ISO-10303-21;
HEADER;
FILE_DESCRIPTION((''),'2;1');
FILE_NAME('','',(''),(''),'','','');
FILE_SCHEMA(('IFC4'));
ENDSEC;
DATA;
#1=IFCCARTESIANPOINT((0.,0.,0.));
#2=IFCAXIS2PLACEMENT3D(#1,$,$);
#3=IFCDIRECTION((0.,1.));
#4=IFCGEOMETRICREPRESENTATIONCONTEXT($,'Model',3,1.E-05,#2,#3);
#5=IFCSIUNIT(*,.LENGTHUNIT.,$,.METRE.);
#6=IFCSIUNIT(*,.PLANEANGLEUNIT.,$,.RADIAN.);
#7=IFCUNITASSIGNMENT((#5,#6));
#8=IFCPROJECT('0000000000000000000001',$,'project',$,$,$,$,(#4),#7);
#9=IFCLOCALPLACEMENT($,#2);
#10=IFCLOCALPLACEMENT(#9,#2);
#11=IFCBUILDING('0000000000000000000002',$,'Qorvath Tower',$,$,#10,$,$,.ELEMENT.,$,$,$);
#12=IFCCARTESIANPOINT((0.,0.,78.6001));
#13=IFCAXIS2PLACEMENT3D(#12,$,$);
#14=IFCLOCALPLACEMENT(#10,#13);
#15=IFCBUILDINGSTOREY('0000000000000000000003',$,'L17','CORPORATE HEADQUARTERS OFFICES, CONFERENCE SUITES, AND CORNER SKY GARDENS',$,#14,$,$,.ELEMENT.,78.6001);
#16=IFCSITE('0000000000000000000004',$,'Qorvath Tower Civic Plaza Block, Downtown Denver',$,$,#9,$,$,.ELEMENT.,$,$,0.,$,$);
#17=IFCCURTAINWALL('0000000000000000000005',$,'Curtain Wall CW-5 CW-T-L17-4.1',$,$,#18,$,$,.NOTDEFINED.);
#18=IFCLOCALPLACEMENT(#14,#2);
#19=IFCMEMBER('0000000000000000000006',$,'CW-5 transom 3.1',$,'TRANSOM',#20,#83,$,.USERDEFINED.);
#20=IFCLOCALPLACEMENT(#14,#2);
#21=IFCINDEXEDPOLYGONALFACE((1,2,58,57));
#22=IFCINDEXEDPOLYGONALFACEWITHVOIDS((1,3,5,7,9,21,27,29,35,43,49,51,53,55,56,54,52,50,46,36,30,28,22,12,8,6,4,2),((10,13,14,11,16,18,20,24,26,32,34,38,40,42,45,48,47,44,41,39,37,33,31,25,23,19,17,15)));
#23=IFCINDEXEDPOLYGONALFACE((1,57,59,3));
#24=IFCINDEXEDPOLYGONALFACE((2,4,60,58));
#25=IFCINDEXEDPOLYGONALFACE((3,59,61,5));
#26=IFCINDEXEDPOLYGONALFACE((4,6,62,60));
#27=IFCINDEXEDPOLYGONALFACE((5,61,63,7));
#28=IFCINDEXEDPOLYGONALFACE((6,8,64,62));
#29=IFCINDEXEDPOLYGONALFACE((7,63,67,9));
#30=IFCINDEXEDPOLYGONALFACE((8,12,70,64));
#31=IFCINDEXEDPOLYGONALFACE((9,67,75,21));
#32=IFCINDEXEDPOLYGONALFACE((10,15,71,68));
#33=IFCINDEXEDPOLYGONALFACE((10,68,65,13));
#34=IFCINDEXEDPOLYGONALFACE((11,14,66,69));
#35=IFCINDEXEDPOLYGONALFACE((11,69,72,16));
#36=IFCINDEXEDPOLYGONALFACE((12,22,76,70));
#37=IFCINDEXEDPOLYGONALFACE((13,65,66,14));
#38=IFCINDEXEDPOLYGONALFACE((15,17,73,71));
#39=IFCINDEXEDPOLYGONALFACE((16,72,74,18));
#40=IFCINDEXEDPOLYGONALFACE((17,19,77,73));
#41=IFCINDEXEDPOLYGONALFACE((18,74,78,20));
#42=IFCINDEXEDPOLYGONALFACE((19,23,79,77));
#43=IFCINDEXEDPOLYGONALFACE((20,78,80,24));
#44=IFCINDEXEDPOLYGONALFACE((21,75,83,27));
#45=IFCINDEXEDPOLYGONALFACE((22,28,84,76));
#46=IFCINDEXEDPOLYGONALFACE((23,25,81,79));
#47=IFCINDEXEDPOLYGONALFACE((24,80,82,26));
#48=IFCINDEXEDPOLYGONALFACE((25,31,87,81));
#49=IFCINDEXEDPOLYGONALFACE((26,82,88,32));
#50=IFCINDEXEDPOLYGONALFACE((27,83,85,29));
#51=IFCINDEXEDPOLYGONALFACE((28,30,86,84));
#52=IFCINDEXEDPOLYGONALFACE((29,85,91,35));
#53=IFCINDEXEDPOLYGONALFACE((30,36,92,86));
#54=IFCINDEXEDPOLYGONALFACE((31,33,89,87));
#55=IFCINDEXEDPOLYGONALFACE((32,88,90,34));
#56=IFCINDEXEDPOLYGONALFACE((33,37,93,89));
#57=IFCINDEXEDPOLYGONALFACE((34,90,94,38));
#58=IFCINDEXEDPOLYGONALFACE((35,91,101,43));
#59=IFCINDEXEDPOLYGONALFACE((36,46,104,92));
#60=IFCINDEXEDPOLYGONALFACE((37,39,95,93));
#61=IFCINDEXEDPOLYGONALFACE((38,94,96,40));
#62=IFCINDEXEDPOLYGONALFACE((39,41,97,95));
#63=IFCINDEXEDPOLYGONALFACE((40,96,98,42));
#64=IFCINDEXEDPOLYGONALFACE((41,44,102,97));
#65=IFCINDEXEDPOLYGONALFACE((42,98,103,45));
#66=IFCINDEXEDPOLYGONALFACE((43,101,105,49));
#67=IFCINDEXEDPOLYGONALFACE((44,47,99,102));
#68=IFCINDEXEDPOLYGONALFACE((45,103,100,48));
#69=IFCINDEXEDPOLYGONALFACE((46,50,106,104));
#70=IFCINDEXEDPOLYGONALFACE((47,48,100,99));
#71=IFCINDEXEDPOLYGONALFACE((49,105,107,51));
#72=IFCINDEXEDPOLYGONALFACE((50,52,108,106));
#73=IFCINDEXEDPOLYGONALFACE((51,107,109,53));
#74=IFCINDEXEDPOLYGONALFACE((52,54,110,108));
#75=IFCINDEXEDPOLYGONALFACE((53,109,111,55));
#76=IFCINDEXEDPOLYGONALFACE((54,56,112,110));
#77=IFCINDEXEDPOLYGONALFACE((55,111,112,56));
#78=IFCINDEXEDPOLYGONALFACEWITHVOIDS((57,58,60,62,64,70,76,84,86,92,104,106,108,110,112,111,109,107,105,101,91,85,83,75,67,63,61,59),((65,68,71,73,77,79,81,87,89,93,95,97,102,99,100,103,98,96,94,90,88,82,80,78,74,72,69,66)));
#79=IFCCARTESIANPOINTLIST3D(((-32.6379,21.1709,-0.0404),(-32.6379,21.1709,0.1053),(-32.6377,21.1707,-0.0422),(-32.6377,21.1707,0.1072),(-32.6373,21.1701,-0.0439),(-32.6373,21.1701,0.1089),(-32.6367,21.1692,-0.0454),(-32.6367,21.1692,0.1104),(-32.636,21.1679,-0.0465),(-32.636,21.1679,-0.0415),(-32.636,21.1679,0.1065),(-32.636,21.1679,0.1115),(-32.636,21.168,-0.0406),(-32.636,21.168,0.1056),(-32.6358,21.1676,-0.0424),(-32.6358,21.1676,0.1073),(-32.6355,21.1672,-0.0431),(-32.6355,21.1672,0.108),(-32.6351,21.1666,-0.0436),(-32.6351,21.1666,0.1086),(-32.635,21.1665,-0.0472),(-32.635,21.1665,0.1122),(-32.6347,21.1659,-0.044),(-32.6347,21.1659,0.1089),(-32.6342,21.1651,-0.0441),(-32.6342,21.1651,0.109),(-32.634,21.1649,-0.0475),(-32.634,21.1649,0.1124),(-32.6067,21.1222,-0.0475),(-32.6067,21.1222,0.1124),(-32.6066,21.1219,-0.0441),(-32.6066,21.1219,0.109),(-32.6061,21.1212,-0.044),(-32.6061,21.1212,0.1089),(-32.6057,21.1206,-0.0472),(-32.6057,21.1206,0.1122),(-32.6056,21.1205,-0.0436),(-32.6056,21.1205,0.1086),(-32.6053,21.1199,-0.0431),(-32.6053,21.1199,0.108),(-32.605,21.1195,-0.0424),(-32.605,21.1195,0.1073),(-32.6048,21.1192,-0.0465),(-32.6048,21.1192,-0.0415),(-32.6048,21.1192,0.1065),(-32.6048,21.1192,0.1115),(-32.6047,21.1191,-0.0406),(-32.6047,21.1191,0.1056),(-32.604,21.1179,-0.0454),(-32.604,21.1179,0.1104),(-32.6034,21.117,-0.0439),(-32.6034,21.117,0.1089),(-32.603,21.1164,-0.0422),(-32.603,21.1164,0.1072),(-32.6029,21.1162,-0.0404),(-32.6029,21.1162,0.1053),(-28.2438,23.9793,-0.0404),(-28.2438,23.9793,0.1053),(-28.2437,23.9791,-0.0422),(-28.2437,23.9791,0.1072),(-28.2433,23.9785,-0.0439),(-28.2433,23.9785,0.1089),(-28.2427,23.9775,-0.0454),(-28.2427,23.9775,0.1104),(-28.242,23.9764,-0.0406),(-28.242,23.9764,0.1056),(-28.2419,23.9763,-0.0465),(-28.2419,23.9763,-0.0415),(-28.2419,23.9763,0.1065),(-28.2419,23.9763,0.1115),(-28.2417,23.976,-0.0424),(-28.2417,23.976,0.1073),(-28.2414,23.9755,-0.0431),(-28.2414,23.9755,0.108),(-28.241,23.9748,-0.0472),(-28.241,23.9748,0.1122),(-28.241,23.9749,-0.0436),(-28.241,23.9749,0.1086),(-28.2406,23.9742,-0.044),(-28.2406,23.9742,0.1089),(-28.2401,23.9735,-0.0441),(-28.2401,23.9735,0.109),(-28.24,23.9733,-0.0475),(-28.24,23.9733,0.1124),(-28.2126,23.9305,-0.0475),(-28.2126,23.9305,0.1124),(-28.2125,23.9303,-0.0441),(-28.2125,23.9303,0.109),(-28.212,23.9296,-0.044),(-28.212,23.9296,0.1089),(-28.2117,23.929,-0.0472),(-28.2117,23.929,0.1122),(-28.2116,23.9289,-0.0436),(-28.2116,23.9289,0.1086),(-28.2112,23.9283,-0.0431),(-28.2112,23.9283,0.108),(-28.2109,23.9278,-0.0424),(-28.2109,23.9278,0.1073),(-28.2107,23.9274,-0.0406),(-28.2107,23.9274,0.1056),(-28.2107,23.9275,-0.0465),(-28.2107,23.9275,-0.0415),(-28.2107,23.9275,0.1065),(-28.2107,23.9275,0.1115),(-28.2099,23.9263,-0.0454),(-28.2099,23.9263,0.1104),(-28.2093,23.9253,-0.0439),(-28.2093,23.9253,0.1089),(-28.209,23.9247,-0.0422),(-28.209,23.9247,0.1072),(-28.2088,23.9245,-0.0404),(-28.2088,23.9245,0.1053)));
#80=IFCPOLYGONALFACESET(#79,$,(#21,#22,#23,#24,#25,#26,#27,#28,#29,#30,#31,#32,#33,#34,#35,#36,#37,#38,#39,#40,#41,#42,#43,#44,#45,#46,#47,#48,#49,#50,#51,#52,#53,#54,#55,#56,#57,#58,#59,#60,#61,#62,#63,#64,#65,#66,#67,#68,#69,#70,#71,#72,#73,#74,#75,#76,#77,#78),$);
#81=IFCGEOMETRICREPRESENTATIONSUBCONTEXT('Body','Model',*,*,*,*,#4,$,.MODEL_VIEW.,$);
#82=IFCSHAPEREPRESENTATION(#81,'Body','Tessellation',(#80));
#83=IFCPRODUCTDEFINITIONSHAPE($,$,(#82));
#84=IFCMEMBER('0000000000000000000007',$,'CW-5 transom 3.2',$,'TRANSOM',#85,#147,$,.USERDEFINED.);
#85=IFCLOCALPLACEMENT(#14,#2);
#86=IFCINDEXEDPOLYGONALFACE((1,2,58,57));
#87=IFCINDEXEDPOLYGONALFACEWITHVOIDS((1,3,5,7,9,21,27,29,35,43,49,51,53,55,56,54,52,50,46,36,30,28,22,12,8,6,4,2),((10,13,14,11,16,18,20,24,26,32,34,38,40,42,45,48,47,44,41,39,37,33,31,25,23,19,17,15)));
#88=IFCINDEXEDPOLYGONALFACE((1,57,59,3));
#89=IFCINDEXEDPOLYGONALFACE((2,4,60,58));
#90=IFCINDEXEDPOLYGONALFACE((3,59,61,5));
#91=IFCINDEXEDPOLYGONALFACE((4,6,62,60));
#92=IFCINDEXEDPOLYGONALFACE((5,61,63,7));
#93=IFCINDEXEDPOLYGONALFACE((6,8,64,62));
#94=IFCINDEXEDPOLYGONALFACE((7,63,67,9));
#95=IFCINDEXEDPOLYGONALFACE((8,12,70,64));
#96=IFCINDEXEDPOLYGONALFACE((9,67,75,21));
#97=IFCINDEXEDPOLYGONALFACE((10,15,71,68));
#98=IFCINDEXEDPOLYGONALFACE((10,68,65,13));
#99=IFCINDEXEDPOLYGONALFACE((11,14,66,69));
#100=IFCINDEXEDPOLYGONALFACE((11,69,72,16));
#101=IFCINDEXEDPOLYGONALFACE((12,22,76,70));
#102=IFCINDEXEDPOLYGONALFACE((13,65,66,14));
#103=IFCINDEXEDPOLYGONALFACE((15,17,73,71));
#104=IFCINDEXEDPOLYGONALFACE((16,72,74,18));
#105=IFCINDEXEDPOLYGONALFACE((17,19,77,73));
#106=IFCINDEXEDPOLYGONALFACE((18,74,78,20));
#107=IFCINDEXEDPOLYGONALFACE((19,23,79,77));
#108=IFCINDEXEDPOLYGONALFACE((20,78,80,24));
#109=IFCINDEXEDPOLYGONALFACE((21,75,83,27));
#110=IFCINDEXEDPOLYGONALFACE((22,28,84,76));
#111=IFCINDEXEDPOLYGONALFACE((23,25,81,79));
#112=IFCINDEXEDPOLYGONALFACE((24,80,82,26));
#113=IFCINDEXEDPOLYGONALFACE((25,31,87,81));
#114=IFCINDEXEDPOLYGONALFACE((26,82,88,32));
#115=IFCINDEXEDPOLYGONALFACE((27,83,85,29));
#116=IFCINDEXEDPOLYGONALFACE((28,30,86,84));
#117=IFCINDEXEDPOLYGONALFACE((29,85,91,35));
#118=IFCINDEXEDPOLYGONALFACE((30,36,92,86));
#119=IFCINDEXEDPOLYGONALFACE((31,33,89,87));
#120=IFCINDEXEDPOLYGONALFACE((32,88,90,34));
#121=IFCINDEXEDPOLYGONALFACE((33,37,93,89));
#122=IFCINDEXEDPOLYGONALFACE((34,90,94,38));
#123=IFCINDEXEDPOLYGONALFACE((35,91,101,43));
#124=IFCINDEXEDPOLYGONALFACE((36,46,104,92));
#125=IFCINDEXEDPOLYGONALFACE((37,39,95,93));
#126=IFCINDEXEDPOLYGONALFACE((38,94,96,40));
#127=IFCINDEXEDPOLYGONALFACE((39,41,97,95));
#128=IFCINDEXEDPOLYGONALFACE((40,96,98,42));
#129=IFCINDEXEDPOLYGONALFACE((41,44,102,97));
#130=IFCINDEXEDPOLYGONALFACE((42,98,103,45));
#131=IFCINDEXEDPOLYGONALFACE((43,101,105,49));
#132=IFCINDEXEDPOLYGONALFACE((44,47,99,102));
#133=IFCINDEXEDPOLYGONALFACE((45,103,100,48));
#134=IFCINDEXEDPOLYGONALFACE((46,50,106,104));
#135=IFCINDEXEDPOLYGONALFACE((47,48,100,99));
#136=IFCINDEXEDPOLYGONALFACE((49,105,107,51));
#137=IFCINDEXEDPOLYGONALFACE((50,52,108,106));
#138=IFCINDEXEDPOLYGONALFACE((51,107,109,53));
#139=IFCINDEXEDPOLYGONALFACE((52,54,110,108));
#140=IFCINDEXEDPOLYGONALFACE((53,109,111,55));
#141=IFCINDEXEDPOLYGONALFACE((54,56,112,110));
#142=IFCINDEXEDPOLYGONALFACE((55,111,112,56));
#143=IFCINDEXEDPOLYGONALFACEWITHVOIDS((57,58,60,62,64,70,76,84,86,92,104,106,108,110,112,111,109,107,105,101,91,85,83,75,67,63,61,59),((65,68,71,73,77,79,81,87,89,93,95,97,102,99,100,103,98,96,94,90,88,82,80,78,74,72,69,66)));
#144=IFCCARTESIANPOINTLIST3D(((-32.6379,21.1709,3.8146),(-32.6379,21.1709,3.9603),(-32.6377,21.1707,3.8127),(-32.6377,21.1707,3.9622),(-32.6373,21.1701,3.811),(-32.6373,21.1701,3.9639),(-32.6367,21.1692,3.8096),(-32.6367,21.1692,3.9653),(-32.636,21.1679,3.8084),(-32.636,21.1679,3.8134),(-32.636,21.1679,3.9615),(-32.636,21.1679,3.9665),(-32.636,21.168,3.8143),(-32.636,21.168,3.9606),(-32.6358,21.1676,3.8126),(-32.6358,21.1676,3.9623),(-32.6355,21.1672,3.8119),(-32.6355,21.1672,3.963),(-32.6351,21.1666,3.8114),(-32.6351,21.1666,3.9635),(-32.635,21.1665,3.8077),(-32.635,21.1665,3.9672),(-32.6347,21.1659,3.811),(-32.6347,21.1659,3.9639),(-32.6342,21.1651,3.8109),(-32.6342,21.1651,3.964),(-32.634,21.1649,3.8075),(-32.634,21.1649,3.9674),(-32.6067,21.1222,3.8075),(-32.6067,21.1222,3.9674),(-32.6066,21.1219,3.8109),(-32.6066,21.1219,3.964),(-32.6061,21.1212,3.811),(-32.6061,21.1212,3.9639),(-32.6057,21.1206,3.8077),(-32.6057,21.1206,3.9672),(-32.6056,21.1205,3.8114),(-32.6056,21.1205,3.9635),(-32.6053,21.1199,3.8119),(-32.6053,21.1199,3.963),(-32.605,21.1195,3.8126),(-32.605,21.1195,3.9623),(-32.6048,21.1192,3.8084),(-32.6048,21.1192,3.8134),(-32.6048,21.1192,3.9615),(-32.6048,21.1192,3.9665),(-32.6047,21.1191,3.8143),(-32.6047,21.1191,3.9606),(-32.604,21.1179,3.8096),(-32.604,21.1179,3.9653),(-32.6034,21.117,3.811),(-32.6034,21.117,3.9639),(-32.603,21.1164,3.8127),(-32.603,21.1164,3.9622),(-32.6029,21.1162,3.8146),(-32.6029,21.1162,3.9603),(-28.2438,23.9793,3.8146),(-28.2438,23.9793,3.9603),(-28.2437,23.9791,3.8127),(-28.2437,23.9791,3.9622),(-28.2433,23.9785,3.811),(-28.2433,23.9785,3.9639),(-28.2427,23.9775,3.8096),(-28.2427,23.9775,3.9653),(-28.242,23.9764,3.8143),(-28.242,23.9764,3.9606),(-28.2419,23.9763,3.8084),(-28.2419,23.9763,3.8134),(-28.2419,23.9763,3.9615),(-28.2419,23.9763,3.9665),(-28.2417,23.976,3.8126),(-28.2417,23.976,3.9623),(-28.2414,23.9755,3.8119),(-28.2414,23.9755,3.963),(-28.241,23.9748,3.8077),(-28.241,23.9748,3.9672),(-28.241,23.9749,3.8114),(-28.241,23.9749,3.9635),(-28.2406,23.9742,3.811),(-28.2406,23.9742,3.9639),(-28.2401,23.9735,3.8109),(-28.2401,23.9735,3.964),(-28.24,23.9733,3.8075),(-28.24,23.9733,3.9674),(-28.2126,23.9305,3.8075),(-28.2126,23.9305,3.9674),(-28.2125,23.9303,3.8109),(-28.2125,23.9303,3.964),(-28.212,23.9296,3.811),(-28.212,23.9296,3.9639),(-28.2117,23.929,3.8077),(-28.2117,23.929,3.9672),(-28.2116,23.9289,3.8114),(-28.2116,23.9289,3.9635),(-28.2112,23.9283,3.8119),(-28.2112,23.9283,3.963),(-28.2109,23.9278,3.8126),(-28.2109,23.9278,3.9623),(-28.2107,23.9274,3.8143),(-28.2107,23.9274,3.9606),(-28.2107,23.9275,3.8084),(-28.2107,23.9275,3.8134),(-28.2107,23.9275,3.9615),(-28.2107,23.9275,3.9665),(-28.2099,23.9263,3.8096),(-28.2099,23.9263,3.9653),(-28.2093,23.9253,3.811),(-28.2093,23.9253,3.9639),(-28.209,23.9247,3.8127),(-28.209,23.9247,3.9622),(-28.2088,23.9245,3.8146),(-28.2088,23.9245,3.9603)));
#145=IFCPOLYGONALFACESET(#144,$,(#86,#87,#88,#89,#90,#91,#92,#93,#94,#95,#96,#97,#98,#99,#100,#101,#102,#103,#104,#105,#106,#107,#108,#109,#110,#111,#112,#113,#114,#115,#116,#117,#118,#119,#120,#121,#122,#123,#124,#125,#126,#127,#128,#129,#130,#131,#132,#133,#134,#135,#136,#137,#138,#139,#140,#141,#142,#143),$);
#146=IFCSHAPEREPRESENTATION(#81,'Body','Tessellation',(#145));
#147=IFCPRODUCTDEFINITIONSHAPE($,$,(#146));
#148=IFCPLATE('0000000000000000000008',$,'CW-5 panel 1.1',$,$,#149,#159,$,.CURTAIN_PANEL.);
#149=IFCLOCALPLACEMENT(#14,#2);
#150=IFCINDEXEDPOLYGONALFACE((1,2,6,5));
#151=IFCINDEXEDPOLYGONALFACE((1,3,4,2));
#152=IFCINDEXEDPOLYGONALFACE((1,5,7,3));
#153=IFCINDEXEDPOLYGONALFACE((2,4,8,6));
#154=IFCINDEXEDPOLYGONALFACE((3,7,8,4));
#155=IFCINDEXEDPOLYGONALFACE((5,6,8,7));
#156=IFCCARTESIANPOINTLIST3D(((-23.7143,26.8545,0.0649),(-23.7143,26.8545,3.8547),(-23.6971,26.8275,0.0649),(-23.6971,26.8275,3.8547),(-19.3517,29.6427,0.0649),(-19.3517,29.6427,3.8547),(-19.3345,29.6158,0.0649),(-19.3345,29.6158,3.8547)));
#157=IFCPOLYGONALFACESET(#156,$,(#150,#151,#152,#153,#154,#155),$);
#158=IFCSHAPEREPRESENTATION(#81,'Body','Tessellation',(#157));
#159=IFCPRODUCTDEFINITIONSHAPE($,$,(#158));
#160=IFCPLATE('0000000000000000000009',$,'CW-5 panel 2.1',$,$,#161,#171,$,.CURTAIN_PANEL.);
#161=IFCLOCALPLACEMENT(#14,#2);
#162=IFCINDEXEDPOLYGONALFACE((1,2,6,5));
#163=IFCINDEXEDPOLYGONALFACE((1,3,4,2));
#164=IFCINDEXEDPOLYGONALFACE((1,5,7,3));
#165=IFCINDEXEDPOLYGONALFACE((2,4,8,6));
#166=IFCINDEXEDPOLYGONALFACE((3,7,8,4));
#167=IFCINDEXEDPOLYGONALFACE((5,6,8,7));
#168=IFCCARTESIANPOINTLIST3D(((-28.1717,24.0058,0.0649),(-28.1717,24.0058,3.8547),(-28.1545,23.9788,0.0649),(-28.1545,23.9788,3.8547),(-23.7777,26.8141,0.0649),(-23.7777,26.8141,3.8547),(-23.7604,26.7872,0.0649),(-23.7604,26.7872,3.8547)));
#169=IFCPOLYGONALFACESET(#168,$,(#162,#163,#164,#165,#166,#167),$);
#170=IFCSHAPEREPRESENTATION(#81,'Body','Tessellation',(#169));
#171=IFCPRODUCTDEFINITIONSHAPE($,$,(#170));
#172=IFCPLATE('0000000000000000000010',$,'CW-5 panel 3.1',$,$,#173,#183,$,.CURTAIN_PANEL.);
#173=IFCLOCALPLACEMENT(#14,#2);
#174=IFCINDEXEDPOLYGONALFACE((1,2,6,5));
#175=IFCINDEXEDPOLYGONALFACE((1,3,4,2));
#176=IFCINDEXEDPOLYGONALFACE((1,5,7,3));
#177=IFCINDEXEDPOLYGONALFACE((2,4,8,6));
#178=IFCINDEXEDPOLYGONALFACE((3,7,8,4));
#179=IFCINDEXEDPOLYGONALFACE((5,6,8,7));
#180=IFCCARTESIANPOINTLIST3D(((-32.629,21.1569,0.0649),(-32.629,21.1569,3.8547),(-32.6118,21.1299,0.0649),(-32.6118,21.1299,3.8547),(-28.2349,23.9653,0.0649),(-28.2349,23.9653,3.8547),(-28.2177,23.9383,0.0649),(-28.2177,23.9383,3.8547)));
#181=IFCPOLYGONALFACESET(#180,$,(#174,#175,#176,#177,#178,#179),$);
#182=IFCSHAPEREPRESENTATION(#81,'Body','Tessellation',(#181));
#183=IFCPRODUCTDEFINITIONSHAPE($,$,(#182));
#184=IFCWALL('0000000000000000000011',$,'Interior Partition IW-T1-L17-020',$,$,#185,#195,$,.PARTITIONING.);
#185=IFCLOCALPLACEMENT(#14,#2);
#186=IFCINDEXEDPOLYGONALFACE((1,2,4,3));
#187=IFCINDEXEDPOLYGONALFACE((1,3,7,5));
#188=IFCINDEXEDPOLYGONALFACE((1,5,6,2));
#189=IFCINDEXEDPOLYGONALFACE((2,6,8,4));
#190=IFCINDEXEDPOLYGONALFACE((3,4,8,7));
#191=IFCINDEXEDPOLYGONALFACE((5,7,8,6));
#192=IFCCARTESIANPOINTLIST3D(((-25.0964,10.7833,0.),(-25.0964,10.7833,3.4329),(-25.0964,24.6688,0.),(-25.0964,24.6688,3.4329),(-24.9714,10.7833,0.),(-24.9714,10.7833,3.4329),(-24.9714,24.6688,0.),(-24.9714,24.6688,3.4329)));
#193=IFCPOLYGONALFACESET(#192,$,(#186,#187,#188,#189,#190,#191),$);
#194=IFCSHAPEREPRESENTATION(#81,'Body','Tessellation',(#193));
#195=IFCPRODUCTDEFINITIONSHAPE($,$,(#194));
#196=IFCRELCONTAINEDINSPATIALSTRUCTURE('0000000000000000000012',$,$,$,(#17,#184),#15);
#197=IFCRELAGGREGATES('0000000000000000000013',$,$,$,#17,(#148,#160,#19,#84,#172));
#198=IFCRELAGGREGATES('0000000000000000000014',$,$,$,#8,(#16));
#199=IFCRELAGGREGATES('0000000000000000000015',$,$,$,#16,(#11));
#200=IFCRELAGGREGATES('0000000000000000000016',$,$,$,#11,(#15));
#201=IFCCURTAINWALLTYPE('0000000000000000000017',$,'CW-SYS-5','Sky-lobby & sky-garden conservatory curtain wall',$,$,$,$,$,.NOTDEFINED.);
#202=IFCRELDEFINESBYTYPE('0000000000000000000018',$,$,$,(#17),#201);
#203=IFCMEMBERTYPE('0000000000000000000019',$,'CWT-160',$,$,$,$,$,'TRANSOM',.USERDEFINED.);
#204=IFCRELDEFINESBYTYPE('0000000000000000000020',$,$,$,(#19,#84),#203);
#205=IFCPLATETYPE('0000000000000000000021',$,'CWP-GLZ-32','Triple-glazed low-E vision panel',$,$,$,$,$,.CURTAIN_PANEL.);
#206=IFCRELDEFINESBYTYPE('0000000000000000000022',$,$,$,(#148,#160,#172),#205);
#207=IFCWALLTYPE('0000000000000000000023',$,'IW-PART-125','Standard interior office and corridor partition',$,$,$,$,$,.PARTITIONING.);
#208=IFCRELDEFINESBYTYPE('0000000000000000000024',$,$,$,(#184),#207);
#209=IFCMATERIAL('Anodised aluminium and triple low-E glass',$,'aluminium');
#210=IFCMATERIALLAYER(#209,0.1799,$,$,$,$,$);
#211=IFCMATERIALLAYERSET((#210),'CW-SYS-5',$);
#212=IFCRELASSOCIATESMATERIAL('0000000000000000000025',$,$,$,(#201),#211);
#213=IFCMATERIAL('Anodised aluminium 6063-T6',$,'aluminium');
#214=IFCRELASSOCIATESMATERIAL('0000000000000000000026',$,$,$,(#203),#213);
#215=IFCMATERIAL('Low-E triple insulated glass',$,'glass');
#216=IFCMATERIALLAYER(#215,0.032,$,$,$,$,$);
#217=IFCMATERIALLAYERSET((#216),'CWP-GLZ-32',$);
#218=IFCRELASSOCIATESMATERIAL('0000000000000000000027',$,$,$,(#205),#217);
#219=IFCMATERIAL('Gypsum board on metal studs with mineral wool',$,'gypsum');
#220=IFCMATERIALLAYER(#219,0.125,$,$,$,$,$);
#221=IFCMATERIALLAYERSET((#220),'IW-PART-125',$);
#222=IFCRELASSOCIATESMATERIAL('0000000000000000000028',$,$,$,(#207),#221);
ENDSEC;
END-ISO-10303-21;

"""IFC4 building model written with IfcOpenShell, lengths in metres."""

from ifc_helpers import new_model, si_unit, direction, frame, frame_2d, origin, origin_2d, place, context, subcontext, project, spatial, rectangle, hollow_rectangle, extrude, material, layer, layer_set, material_profile, profile_set, type_object, element, aggregate, save


model = new_model("IFC4")

# Units and contexts
model_context = context("Model", 3, precision=1e-05, world=origin(), true_north=direction((0.0, 1.0)))
body_context = subcontext(model_context, "Body", "Model", "MODEL_VIEW")
ifc_project = project(units=[si_unit("LENGTHUNIT", "METRE"), si_unit("PLANEANGLEUNIT", "RADIAN")], contexts=[model_context])

# Site, building, storey
site_placement = place(None, origin())
site = spatial("IfcSite", under=ifc_project, at=site_placement, Name="Qorvath Tower Civic Plaza Block, Downtown Denver", CompositionType="ELEMENT", RefElevation=0.0)
building_placement = place(site_placement, origin())
building = spatial("IfcBuilding", under=site, at=building_placement, Name="Qorvath Tower", CompositionType="ELEMENT")
storey_placement = place(building_placement, frame((0.0, 0.0, 78.6001)))
storey = spatial("IfcBuildingStorey", under=building, at=storey_placement, Name="L17", Description="CORPORATE HEADQUARTERS OFFICES, CONFERENCE SUITES, AND CORNER SKY GARDENS", CompositionType="ELEMENT", Elevation=78.6001)

# Curtain wall, members, plates
ifc_material_1 = material(Name="Anodised aluminium and triple low-E glass", Category="aluminium")
ifc_layer_1 = layer(ifc_material_1, 0.1799)
ifc_layer_set_1 = layer_set([ifc_layer_1], Name="CW-SYS-5")
curtain_wall_type = type_object("IfcCurtainWallType", Name="CW-SYS-5", Description="Sky-lobby & sky-garden conservatory curtain wall", PredefinedType="NOTDEFINED", material=ifc_layer_set_1)
curtain_wall_placement = place(storey_placement, origin())
curtain_wall = element("IfcCurtainWall", 1, at=curtain_wall_placement, inside=storey, type_object=curtain_wall_type, Name="Curtain Wall CW-5 CW-T-L17-4.1", PredefinedType="NOTDEFINED")
ifc_material_2 = material(Name="Anodised aluminium 6063-T6", Category="aluminium")
ifc_material_profile_1 = material_profile(ifc_material_2, hollow_rectangle(XDim=0.0649, YDim=0.1599, WallThickness=0.0034, InnerFilletRadius=0.0034, OuterFilletRadius=0.0071, at=origin_2d()), Name="CWT 160x65")
ifc_profile_set_1 = profile_set([ifc_material_profile_1], Name="Anodised aluminium 6063-T6")
member_type_1 = type_object("IfcMemberType", Name="CWT-160", ElementType="TRANSOM", PredefinedType="USERDEFINED", material=ifc_profile_set_1)
member_1_placement = place(storey_placement, frame((-28.2263, 23.9519, 0.0325), z_axis=(-0.842605, -0.538531, 0.0), x_axis=(0.538531, -0.842605, 0.0)))
member_1 = element("IfcMember", 2, at=member_1_placement, type_object=member_type_1, Name="CW-5 transom 3.1", ObjectType="TRANSOM", PredefinedType="USERDEFINED", context=body_context, shape_type="SweptSolid", body=[
    extrude(hollow_rectangle(XDim=0.0649, YDim=0.1599, WallThickness=0.0034, InnerFilletRadius=0.0034, OuterFilletRadius=0.0071, at=origin_2d()), origin(), (0.0, 0.0, 1.0), 5.2148),
])
member_2_placement = place(storey_placement, frame((-28.2263, 23.9519, 3.8875), z_axis=(-0.842605, -0.538531, 0.0), x_axis=(0.538531, -0.842605, 0.0)))
member_2 = element("IfcMember", 3, at=member_2_placement, type_object=member_type_1, Name="CW-5 transom 3.2", ObjectType="TRANSOM", PredefinedType="USERDEFINED", context=body_context, shape_type="SweptSolid", body=[
    extrude(hollow_rectangle(XDim=0.0649, YDim=0.1599, WallThickness=0.0034, InnerFilletRadius=0.0034, OuterFilletRadius=0.0071, at=origin_2d()), origin(), (0.0, 0.0, 1.0), 5.2148),
])
ifc_material_3 = material(Name="Low-E triple insulated glass", Category="glass")
ifc_layer_2 = layer(ifc_material_3, 0.032)
ifc_layer_set_2 = layer_set([ifc_layer_2], Name="CWP-GLZ-32")
plate_type = type_object("IfcPlateType", Name="CWP-GLZ-32", Description="Triple-glazed low-E vision panel", PredefinedType="CURTAIN_PANEL", material=ifc_layer_set_2)
plate_1_placement = place(storey_placement, frame((-21.5244, 28.2351, 0.0649), z_axis=(0.0, 0.0, 1.0), x_axis=(-0.842604, -0.538533, 0.0)))
plate_1 = element("IfcPlate", 4, at=plate_1_placement, type_object=plate_type, Name="CW-5 panel 1.1", PredefinedType="CURTAIN_PANEL", context=body_context, shape_type="SweptSolid", body=[
    extrude(rectangle(XDim=5.1775, YDim=0.032, at=origin_2d()), origin(), (0.0, 0.0, 1.0), 3.7898),
])
plate_2_placement = place(storey_placement, frame((-25.9661, 25.3965, 0.0649), z_axis=(0.0, 0.0, 1.0), x_axis=(-0.842604, -0.538533, 0.0)))
plate_2 = element("IfcPlate", 5, at=plate_2_placement, type_object=plate_type, Name="CW-5 panel 2.1", PredefinedType="CURTAIN_PANEL", context=body_context, shape_type="SweptSolid", body=[
    extrude(rectangle(XDim=5.2148, YDim=0.032, at=origin_2d()), origin(), (0.0, 0.0, 1.0), 3.7898),
])
plate_3_placement = place(storey_placement, frame((-30.4233, 22.5476, 0.0649), z_axis=(0.0, 0.0, 1.0), x_axis=(-0.842604, -0.538533, 0.0)))
plate_3 = element("IfcPlate", 6, at=plate_3_placement, type_object=plate_type, Name="CW-5 panel 3.1", PredefinedType="CURTAIN_PANEL", context=body_context, shape_type="SweptSolid", body=[
    extrude(rectangle(XDim=5.2148, YDim=0.032, at=origin_2d()), origin(), (0.0, 0.0, 1.0), 3.7898),
])
aggregate(curtain_wall, [plate_1, plate_2, member_1, member_2, plate_3])

# Wall
ifc_material_4 = material(Name="Gypsum board on metal studs with mineral wool", Category="gypsum")
ifc_layer_3 = layer(ifc_material_4, 0.125)
ifc_layer_set_3 = layer_set([ifc_layer_3], Name="IW-PART-125")
wall_type = type_object("IfcWallType", Name="IW-PART-125", Description="Standard interior office and corridor partition", PredefinedType="PARTITIONING", material=ifc_layer_set_3)
wall_1_placement = place(storey_placement, frame((-25.0339, 10.7832, 0.0), z_axis=(0.0, 0.0, 1.0), x_axis=(0.0, 1.0, 0.0)))
element("IfcWall", 7, at=wall_1_placement, inside=storey, type_object=wall_type, Name="Interior Partition IW-T1-L17-020", PredefinedType="PARTITIONING", context=body_context, shape_type="SweptSolid", body=[
    extrude(rectangle(XDim=13.8855, YDim=0.125, at=frame_2d((6.9429, 0.0))), origin(), (0.0, 0.0, 1.0), 3.4329),
])

save(model, "model.ifc")
